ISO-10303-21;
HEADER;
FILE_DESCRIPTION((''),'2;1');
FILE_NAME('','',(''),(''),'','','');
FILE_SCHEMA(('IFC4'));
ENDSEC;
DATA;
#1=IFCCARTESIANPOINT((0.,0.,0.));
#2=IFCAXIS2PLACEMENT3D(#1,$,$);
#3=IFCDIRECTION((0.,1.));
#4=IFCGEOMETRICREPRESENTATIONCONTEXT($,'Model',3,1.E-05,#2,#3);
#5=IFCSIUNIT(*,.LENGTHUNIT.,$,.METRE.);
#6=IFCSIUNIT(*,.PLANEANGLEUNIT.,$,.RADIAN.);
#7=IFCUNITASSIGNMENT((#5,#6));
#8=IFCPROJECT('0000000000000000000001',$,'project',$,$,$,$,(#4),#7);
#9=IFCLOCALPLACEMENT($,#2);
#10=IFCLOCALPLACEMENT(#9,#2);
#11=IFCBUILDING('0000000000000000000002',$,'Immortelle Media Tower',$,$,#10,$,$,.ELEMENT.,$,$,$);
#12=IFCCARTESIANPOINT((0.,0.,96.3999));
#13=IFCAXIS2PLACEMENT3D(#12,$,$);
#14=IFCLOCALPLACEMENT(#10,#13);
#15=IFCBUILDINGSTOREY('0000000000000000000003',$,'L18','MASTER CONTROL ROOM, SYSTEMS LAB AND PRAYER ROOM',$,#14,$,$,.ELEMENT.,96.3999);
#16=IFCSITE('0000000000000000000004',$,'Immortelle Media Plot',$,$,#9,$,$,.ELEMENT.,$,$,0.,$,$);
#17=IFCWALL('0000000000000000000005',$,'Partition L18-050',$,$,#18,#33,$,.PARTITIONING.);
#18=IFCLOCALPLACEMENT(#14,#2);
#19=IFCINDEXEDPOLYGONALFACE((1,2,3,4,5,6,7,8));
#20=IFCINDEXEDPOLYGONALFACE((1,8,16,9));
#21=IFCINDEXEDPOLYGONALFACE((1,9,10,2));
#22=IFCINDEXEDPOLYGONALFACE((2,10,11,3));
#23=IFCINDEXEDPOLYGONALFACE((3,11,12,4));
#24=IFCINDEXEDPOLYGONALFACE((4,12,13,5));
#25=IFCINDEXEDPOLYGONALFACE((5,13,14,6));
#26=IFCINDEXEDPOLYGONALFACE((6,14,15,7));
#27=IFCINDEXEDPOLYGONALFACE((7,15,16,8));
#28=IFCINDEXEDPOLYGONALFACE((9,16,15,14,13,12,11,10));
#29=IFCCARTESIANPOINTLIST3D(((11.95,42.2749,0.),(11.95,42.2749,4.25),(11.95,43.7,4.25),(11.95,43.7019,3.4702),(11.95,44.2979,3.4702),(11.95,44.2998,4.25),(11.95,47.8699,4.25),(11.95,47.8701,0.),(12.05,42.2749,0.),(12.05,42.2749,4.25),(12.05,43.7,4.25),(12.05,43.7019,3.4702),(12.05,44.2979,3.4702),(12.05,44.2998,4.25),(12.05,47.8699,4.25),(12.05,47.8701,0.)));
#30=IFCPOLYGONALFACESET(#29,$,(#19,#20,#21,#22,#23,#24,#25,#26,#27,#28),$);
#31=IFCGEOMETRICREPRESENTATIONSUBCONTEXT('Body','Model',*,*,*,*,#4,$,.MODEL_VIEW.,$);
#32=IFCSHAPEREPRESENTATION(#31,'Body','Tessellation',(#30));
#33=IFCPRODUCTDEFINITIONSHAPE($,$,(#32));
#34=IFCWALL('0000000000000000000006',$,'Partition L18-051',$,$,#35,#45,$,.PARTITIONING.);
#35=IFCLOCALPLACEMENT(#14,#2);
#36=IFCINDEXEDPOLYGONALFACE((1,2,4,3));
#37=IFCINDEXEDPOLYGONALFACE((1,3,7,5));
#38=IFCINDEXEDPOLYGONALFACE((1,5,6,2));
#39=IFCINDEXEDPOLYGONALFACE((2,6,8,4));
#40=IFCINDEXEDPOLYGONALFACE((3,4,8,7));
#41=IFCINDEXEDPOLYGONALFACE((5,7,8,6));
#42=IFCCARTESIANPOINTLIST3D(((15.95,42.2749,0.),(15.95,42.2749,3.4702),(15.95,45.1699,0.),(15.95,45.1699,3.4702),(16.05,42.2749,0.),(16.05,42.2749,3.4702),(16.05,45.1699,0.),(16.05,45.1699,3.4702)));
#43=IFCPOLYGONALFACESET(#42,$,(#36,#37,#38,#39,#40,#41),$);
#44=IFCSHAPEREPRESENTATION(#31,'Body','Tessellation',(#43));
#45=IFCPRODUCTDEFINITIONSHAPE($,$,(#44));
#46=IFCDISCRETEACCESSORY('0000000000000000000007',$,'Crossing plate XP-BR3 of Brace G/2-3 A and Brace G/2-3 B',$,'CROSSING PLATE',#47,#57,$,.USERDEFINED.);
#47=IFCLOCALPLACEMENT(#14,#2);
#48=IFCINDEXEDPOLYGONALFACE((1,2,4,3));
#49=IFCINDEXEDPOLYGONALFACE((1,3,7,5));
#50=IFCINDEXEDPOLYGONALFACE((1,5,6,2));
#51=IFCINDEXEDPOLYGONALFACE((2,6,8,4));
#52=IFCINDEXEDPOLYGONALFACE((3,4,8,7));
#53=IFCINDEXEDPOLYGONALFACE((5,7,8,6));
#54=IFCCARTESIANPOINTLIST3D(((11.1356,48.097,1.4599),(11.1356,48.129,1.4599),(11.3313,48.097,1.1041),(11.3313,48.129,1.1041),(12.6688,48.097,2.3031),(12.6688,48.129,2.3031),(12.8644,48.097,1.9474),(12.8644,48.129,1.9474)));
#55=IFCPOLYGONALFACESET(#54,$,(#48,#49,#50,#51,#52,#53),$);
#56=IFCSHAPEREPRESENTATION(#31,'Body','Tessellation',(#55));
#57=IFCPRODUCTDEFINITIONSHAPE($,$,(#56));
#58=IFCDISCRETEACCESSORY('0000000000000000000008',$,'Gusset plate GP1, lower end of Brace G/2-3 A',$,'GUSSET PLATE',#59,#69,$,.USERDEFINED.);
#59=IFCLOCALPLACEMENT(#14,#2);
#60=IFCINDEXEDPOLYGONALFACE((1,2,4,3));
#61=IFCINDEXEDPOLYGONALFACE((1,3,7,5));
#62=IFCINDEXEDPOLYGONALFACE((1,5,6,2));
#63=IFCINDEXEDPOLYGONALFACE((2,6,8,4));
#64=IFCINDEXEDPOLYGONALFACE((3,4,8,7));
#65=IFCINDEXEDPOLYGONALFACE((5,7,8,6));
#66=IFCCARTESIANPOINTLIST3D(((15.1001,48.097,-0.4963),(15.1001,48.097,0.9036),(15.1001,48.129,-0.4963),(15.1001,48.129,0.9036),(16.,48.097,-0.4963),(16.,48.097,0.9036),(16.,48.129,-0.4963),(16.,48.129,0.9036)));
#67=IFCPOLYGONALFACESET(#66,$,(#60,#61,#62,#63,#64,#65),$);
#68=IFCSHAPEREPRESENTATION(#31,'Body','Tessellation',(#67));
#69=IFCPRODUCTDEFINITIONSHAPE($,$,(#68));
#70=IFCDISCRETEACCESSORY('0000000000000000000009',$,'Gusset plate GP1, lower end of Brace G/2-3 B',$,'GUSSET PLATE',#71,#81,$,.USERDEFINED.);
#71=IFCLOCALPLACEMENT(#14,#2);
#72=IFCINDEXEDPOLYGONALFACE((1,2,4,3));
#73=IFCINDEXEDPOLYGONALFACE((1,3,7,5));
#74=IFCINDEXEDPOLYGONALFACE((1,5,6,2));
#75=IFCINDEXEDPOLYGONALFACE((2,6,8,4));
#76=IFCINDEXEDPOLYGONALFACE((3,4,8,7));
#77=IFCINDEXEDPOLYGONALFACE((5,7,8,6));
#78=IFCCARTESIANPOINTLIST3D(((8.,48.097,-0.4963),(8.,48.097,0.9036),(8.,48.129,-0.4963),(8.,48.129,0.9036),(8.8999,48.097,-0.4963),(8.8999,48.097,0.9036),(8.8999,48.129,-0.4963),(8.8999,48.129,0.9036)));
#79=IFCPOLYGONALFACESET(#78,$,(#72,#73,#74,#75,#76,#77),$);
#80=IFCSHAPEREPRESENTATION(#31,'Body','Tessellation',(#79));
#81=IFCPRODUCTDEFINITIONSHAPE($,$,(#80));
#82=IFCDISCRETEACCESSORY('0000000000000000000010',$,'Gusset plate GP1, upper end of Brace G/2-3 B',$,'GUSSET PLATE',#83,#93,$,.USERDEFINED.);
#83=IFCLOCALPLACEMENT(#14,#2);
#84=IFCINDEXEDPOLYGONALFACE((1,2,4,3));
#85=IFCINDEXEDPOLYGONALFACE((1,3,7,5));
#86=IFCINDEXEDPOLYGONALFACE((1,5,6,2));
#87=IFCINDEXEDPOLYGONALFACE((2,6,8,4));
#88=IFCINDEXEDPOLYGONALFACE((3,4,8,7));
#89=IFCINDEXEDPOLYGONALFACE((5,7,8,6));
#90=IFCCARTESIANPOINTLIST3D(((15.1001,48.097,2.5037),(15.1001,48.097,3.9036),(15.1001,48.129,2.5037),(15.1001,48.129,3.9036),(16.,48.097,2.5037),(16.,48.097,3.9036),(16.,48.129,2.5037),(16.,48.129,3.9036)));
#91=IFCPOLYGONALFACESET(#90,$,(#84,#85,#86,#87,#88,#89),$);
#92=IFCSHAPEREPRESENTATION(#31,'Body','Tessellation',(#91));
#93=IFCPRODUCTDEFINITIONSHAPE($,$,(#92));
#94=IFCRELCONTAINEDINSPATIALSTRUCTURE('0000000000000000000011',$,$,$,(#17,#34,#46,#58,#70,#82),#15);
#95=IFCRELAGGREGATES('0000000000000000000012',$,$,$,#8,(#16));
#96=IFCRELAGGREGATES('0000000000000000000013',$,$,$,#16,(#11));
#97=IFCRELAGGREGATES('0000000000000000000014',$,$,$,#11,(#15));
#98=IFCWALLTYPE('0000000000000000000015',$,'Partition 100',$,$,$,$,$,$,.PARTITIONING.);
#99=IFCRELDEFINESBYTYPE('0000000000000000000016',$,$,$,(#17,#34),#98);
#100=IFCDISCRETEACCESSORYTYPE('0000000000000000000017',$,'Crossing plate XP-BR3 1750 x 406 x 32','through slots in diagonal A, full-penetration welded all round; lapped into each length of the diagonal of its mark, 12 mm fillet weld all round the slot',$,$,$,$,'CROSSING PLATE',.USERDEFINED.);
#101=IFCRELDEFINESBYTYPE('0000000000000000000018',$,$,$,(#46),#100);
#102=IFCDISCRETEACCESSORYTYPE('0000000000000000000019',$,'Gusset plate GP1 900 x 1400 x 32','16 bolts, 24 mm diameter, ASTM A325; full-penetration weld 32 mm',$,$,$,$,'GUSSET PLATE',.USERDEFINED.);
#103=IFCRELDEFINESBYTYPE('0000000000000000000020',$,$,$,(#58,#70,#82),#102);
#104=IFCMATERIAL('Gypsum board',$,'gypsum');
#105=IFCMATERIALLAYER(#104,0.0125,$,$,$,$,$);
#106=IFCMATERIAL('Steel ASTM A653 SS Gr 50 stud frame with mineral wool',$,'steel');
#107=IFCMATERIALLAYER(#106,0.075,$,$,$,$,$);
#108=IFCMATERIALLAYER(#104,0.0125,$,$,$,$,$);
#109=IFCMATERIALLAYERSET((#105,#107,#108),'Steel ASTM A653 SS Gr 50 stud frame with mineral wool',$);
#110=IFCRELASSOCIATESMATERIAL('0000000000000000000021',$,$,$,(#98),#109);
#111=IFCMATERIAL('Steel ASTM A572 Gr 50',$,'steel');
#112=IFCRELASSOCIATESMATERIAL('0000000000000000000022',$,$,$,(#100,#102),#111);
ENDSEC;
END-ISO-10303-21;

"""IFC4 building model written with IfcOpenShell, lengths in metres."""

from ifc_helpers import new_model, si_unit, direction, frame, frame_2d, origin, origin_2d, place, context, subcontext, project, spatial, polyline, rectangle, outline, extrude, material, layer, layer_set, material_profile, profile_set, type_object, element, save


model = new_model("IFC4")

# Units and contexts
model_context = context("Model", 3, precision=1e-05, world=origin(), true_north=direction((0.0, 1.0)))
body_context = subcontext(model_context, "Body", "Model", "MODEL_VIEW")
ifc_project = project(units=[si_unit("LENGTHUNIT", "METRE"), si_unit("PLANEANGLEUNIT", "RADIAN")], contexts=[model_context])

# Site, building, storey
site_placement = place(None, origin())
site = spatial("IfcSite", under=ifc_project, at=site_placement, Name="Immortelle Media Plot", CompositionType="ELEMENT", RefElevation=0.0)
building_placement = place(site_placement, origin())
building = spatial("IfcBuilding", under=site, at=building_placement, Name="Immortelle Media Tower", CompositionType="ELEMENT")
storey_placement = place(building_placement, frame((0.0, 0.0, 96.3999)))
storey = spatial("IfcBuildingStorey", under=building, at=storey_placement, Name="L18", Description="MASTER CONTROL ROOM, SYSTEMS LAB AND PRAYER ROOM", CompositionType="ELEMENT", Elevation=96.3999)

# Shared definitions
ifc_material_1 = material(Name="Steel ASTM A653 SS Gr 50 stud frame with mineral wool", Category="steel")

# Walls
ifc_material_2 = material(Name="Gypsum board", Category="gypsum")
ifc_layer_1 = layer(ifc_material_2, 0.0125)
ifc_layer_2 = layer(ifc_material_1, 0.075)
ifc_layer_3 = layer(ifc_material_2, 0.0125)
ifc_layer_set_1 = layer_set([ifc_layer_1, ifc_layer_2, ifc_layer_3], Name="Steel ASTM A653 SS Gr 50 stud frame with mineral wool")
wall_type_1 = type_object("IfcWallType", Name="Partition 100", PredefinedType="PARTITIONING", material=ifc_layer_set_1)
wall_1_placement = place(storey_placement, frame((12.0, 42.2749, 0.0), z_axis=(0.0, 0.0, 1.0), x_axis=(0.0, 1.0, 0.0)))
element("IfcWall", 1, at=wall_1_placement, inside=storey, type_object=wall_type_1, Name="Partition L18-050", PredefinedType="PARTITIONING", context=body_context, shape_type="SweptSolid", body=[
    extrude(outline(polyline([(0.0, 0.0), (5.5952, 0.0), (5.595, 4.25), (2.0249, 4.25), (2.0229, 3.4702), (1.427, 3.4702), (1.425, 4.25), (0.0, 4.25), (0.0, 0.0)])), frame((0.0, 0.05, 0.0), z_axis=(0.0, -1.0, 0.0), x_axis=(1.0, 0.0, 0.0)), (0.0, 0.0, 1.0), 0.1001),
])
wall_2_placement = place(storey_placement, frame((16.0, 42.2749, 0.0), z_axis=(0.0, 0.0, 1.0), x_axis=(0.0, 1.0, 0.0)))
element("IfcWall", 2, at=wall_2_placement, inside=storey, type_object=wall_type_1, Name="Partition L18-051", PredefinedType="PARTITIONING", context=body_context, shape_type="SweptSolid", body=[
    extrude(rectangle(XDim=2.895, YDim=0.1001, at=frame_2d((1.4475, 0.0))), origin(), (0.0, 0.0, 1.0), 3.4702),
])

# Discrete accessories
ifc_material_3 = material(Name="Steel ASTM A572 Gr 50", Category="steel")
ifc_material_profile_1 = material_profile(ifc_material_3, rectangle(XDim=0.032, YDim=0.406, at=origin_2d()), Name="PL 32 x 406")
ifc_profile_set_1 = profile_set([ifc_material_profile_1], Name="Steel ASTM A572 Gr 50")
discrete_accessory_type_1 = type_object("IfcDiscreteAccessoryType", Name="Crossing plate XP-BR3 1750 x 406 x 32", Description="through slots in diagonal A, full-penetration welded all round; lapped into each length of the diagonal of its mark, 12 mm fillet weld all round the slot", ElementType="CROSSING PLATE", PredefinedType="USERDEFINED", material=ifc_profile_set_1)
discrete_accessory_placement = place(storey_placement, frame((12.7666, 48.113, 2.1252), z_axis=(-0.876216, 0.0, -0.481919), x_axis=(0.0, -1.0, 0.0)))
element("IfcDiscreteAccessory", 3, at=discrete_accessory_placement, inside=storey, type_object=discrete_accessory_type_1, Name="Crossing plate XP-BR3 of Brace G/2-3 A and Brace G/2-3 B", ObjectType="CROSSING PLATE", PredefinedType="USERDEFINED", context=body_context, shape_type="SweptSolid", body=[
    extrude(rectangle(XDim=0.032, YDim=0.406, at=origin_2d()), origin(), (0.0, 0.0, 1.0), 1.7498),
])
ifc_material_profile_2 = material_profile(ifc_material_3, rectangle(XDim=0.032, YDim=1.3999, at=origin_2d()), Name="PL 32 x 1400")
ifc_profile_set_2 = profile_set([ifc_material_profile_2], Name="Steel ASTM A572 Gr 50")
discrete_accessory_type_2 = type_object("IfcDiscreteAccessoryType", Name="Gusset plate GP1 900 x 1400 x 32", Description="16 bolts, 24 mm diameter, ASTM A325; full-penetration weld 32 mm", ElementType="GUSSET PLATE", PredefinedType="USERDEFINED", material=ifc_profile_set_2)
for number, where, z_axis, x_axis, name in (
    (4, (16.0, 48.113, 0.2036), (-1.0, 0.0, 0.0), (0.0, -1.0, 0.0), "Gusset plate GP1, lower end of Brace G/2-3 A"),
    (5, (8.0, 48.113, 0.2036), (1.0, 0.0, 0.0), (0.0, 1.0, 0.0), "Gusset plate GP1, lower end of Brace G/2-3 B"),
    (6, (16.0, 48.113, 3.2036), (-1.0, 0.0, 0.0), (0.0, -1.0, 0.0), "Gusset plate GP1, upper end of Brace G/2-3 B"),
):
    element("IfcDiscreteAccessory", number, at=place(storey_placement, frame(where, z_axis=z_axis, x_axis=x_axis)), inside=storey, type_object=discrete_accessory_type_2, Name=name, ObjectType="GUSSET PLATE", PredefinedType="USERDEFINED", context=body_context, shape_type="SweptSolid", body=[
        extrude(rectangle(XDim=0.032, YDim=1.3999, at=origin_2d()), origin(), (0.0, 0.0, 1.0), 0.8999),
    ])

save(model, "model.ifc")
